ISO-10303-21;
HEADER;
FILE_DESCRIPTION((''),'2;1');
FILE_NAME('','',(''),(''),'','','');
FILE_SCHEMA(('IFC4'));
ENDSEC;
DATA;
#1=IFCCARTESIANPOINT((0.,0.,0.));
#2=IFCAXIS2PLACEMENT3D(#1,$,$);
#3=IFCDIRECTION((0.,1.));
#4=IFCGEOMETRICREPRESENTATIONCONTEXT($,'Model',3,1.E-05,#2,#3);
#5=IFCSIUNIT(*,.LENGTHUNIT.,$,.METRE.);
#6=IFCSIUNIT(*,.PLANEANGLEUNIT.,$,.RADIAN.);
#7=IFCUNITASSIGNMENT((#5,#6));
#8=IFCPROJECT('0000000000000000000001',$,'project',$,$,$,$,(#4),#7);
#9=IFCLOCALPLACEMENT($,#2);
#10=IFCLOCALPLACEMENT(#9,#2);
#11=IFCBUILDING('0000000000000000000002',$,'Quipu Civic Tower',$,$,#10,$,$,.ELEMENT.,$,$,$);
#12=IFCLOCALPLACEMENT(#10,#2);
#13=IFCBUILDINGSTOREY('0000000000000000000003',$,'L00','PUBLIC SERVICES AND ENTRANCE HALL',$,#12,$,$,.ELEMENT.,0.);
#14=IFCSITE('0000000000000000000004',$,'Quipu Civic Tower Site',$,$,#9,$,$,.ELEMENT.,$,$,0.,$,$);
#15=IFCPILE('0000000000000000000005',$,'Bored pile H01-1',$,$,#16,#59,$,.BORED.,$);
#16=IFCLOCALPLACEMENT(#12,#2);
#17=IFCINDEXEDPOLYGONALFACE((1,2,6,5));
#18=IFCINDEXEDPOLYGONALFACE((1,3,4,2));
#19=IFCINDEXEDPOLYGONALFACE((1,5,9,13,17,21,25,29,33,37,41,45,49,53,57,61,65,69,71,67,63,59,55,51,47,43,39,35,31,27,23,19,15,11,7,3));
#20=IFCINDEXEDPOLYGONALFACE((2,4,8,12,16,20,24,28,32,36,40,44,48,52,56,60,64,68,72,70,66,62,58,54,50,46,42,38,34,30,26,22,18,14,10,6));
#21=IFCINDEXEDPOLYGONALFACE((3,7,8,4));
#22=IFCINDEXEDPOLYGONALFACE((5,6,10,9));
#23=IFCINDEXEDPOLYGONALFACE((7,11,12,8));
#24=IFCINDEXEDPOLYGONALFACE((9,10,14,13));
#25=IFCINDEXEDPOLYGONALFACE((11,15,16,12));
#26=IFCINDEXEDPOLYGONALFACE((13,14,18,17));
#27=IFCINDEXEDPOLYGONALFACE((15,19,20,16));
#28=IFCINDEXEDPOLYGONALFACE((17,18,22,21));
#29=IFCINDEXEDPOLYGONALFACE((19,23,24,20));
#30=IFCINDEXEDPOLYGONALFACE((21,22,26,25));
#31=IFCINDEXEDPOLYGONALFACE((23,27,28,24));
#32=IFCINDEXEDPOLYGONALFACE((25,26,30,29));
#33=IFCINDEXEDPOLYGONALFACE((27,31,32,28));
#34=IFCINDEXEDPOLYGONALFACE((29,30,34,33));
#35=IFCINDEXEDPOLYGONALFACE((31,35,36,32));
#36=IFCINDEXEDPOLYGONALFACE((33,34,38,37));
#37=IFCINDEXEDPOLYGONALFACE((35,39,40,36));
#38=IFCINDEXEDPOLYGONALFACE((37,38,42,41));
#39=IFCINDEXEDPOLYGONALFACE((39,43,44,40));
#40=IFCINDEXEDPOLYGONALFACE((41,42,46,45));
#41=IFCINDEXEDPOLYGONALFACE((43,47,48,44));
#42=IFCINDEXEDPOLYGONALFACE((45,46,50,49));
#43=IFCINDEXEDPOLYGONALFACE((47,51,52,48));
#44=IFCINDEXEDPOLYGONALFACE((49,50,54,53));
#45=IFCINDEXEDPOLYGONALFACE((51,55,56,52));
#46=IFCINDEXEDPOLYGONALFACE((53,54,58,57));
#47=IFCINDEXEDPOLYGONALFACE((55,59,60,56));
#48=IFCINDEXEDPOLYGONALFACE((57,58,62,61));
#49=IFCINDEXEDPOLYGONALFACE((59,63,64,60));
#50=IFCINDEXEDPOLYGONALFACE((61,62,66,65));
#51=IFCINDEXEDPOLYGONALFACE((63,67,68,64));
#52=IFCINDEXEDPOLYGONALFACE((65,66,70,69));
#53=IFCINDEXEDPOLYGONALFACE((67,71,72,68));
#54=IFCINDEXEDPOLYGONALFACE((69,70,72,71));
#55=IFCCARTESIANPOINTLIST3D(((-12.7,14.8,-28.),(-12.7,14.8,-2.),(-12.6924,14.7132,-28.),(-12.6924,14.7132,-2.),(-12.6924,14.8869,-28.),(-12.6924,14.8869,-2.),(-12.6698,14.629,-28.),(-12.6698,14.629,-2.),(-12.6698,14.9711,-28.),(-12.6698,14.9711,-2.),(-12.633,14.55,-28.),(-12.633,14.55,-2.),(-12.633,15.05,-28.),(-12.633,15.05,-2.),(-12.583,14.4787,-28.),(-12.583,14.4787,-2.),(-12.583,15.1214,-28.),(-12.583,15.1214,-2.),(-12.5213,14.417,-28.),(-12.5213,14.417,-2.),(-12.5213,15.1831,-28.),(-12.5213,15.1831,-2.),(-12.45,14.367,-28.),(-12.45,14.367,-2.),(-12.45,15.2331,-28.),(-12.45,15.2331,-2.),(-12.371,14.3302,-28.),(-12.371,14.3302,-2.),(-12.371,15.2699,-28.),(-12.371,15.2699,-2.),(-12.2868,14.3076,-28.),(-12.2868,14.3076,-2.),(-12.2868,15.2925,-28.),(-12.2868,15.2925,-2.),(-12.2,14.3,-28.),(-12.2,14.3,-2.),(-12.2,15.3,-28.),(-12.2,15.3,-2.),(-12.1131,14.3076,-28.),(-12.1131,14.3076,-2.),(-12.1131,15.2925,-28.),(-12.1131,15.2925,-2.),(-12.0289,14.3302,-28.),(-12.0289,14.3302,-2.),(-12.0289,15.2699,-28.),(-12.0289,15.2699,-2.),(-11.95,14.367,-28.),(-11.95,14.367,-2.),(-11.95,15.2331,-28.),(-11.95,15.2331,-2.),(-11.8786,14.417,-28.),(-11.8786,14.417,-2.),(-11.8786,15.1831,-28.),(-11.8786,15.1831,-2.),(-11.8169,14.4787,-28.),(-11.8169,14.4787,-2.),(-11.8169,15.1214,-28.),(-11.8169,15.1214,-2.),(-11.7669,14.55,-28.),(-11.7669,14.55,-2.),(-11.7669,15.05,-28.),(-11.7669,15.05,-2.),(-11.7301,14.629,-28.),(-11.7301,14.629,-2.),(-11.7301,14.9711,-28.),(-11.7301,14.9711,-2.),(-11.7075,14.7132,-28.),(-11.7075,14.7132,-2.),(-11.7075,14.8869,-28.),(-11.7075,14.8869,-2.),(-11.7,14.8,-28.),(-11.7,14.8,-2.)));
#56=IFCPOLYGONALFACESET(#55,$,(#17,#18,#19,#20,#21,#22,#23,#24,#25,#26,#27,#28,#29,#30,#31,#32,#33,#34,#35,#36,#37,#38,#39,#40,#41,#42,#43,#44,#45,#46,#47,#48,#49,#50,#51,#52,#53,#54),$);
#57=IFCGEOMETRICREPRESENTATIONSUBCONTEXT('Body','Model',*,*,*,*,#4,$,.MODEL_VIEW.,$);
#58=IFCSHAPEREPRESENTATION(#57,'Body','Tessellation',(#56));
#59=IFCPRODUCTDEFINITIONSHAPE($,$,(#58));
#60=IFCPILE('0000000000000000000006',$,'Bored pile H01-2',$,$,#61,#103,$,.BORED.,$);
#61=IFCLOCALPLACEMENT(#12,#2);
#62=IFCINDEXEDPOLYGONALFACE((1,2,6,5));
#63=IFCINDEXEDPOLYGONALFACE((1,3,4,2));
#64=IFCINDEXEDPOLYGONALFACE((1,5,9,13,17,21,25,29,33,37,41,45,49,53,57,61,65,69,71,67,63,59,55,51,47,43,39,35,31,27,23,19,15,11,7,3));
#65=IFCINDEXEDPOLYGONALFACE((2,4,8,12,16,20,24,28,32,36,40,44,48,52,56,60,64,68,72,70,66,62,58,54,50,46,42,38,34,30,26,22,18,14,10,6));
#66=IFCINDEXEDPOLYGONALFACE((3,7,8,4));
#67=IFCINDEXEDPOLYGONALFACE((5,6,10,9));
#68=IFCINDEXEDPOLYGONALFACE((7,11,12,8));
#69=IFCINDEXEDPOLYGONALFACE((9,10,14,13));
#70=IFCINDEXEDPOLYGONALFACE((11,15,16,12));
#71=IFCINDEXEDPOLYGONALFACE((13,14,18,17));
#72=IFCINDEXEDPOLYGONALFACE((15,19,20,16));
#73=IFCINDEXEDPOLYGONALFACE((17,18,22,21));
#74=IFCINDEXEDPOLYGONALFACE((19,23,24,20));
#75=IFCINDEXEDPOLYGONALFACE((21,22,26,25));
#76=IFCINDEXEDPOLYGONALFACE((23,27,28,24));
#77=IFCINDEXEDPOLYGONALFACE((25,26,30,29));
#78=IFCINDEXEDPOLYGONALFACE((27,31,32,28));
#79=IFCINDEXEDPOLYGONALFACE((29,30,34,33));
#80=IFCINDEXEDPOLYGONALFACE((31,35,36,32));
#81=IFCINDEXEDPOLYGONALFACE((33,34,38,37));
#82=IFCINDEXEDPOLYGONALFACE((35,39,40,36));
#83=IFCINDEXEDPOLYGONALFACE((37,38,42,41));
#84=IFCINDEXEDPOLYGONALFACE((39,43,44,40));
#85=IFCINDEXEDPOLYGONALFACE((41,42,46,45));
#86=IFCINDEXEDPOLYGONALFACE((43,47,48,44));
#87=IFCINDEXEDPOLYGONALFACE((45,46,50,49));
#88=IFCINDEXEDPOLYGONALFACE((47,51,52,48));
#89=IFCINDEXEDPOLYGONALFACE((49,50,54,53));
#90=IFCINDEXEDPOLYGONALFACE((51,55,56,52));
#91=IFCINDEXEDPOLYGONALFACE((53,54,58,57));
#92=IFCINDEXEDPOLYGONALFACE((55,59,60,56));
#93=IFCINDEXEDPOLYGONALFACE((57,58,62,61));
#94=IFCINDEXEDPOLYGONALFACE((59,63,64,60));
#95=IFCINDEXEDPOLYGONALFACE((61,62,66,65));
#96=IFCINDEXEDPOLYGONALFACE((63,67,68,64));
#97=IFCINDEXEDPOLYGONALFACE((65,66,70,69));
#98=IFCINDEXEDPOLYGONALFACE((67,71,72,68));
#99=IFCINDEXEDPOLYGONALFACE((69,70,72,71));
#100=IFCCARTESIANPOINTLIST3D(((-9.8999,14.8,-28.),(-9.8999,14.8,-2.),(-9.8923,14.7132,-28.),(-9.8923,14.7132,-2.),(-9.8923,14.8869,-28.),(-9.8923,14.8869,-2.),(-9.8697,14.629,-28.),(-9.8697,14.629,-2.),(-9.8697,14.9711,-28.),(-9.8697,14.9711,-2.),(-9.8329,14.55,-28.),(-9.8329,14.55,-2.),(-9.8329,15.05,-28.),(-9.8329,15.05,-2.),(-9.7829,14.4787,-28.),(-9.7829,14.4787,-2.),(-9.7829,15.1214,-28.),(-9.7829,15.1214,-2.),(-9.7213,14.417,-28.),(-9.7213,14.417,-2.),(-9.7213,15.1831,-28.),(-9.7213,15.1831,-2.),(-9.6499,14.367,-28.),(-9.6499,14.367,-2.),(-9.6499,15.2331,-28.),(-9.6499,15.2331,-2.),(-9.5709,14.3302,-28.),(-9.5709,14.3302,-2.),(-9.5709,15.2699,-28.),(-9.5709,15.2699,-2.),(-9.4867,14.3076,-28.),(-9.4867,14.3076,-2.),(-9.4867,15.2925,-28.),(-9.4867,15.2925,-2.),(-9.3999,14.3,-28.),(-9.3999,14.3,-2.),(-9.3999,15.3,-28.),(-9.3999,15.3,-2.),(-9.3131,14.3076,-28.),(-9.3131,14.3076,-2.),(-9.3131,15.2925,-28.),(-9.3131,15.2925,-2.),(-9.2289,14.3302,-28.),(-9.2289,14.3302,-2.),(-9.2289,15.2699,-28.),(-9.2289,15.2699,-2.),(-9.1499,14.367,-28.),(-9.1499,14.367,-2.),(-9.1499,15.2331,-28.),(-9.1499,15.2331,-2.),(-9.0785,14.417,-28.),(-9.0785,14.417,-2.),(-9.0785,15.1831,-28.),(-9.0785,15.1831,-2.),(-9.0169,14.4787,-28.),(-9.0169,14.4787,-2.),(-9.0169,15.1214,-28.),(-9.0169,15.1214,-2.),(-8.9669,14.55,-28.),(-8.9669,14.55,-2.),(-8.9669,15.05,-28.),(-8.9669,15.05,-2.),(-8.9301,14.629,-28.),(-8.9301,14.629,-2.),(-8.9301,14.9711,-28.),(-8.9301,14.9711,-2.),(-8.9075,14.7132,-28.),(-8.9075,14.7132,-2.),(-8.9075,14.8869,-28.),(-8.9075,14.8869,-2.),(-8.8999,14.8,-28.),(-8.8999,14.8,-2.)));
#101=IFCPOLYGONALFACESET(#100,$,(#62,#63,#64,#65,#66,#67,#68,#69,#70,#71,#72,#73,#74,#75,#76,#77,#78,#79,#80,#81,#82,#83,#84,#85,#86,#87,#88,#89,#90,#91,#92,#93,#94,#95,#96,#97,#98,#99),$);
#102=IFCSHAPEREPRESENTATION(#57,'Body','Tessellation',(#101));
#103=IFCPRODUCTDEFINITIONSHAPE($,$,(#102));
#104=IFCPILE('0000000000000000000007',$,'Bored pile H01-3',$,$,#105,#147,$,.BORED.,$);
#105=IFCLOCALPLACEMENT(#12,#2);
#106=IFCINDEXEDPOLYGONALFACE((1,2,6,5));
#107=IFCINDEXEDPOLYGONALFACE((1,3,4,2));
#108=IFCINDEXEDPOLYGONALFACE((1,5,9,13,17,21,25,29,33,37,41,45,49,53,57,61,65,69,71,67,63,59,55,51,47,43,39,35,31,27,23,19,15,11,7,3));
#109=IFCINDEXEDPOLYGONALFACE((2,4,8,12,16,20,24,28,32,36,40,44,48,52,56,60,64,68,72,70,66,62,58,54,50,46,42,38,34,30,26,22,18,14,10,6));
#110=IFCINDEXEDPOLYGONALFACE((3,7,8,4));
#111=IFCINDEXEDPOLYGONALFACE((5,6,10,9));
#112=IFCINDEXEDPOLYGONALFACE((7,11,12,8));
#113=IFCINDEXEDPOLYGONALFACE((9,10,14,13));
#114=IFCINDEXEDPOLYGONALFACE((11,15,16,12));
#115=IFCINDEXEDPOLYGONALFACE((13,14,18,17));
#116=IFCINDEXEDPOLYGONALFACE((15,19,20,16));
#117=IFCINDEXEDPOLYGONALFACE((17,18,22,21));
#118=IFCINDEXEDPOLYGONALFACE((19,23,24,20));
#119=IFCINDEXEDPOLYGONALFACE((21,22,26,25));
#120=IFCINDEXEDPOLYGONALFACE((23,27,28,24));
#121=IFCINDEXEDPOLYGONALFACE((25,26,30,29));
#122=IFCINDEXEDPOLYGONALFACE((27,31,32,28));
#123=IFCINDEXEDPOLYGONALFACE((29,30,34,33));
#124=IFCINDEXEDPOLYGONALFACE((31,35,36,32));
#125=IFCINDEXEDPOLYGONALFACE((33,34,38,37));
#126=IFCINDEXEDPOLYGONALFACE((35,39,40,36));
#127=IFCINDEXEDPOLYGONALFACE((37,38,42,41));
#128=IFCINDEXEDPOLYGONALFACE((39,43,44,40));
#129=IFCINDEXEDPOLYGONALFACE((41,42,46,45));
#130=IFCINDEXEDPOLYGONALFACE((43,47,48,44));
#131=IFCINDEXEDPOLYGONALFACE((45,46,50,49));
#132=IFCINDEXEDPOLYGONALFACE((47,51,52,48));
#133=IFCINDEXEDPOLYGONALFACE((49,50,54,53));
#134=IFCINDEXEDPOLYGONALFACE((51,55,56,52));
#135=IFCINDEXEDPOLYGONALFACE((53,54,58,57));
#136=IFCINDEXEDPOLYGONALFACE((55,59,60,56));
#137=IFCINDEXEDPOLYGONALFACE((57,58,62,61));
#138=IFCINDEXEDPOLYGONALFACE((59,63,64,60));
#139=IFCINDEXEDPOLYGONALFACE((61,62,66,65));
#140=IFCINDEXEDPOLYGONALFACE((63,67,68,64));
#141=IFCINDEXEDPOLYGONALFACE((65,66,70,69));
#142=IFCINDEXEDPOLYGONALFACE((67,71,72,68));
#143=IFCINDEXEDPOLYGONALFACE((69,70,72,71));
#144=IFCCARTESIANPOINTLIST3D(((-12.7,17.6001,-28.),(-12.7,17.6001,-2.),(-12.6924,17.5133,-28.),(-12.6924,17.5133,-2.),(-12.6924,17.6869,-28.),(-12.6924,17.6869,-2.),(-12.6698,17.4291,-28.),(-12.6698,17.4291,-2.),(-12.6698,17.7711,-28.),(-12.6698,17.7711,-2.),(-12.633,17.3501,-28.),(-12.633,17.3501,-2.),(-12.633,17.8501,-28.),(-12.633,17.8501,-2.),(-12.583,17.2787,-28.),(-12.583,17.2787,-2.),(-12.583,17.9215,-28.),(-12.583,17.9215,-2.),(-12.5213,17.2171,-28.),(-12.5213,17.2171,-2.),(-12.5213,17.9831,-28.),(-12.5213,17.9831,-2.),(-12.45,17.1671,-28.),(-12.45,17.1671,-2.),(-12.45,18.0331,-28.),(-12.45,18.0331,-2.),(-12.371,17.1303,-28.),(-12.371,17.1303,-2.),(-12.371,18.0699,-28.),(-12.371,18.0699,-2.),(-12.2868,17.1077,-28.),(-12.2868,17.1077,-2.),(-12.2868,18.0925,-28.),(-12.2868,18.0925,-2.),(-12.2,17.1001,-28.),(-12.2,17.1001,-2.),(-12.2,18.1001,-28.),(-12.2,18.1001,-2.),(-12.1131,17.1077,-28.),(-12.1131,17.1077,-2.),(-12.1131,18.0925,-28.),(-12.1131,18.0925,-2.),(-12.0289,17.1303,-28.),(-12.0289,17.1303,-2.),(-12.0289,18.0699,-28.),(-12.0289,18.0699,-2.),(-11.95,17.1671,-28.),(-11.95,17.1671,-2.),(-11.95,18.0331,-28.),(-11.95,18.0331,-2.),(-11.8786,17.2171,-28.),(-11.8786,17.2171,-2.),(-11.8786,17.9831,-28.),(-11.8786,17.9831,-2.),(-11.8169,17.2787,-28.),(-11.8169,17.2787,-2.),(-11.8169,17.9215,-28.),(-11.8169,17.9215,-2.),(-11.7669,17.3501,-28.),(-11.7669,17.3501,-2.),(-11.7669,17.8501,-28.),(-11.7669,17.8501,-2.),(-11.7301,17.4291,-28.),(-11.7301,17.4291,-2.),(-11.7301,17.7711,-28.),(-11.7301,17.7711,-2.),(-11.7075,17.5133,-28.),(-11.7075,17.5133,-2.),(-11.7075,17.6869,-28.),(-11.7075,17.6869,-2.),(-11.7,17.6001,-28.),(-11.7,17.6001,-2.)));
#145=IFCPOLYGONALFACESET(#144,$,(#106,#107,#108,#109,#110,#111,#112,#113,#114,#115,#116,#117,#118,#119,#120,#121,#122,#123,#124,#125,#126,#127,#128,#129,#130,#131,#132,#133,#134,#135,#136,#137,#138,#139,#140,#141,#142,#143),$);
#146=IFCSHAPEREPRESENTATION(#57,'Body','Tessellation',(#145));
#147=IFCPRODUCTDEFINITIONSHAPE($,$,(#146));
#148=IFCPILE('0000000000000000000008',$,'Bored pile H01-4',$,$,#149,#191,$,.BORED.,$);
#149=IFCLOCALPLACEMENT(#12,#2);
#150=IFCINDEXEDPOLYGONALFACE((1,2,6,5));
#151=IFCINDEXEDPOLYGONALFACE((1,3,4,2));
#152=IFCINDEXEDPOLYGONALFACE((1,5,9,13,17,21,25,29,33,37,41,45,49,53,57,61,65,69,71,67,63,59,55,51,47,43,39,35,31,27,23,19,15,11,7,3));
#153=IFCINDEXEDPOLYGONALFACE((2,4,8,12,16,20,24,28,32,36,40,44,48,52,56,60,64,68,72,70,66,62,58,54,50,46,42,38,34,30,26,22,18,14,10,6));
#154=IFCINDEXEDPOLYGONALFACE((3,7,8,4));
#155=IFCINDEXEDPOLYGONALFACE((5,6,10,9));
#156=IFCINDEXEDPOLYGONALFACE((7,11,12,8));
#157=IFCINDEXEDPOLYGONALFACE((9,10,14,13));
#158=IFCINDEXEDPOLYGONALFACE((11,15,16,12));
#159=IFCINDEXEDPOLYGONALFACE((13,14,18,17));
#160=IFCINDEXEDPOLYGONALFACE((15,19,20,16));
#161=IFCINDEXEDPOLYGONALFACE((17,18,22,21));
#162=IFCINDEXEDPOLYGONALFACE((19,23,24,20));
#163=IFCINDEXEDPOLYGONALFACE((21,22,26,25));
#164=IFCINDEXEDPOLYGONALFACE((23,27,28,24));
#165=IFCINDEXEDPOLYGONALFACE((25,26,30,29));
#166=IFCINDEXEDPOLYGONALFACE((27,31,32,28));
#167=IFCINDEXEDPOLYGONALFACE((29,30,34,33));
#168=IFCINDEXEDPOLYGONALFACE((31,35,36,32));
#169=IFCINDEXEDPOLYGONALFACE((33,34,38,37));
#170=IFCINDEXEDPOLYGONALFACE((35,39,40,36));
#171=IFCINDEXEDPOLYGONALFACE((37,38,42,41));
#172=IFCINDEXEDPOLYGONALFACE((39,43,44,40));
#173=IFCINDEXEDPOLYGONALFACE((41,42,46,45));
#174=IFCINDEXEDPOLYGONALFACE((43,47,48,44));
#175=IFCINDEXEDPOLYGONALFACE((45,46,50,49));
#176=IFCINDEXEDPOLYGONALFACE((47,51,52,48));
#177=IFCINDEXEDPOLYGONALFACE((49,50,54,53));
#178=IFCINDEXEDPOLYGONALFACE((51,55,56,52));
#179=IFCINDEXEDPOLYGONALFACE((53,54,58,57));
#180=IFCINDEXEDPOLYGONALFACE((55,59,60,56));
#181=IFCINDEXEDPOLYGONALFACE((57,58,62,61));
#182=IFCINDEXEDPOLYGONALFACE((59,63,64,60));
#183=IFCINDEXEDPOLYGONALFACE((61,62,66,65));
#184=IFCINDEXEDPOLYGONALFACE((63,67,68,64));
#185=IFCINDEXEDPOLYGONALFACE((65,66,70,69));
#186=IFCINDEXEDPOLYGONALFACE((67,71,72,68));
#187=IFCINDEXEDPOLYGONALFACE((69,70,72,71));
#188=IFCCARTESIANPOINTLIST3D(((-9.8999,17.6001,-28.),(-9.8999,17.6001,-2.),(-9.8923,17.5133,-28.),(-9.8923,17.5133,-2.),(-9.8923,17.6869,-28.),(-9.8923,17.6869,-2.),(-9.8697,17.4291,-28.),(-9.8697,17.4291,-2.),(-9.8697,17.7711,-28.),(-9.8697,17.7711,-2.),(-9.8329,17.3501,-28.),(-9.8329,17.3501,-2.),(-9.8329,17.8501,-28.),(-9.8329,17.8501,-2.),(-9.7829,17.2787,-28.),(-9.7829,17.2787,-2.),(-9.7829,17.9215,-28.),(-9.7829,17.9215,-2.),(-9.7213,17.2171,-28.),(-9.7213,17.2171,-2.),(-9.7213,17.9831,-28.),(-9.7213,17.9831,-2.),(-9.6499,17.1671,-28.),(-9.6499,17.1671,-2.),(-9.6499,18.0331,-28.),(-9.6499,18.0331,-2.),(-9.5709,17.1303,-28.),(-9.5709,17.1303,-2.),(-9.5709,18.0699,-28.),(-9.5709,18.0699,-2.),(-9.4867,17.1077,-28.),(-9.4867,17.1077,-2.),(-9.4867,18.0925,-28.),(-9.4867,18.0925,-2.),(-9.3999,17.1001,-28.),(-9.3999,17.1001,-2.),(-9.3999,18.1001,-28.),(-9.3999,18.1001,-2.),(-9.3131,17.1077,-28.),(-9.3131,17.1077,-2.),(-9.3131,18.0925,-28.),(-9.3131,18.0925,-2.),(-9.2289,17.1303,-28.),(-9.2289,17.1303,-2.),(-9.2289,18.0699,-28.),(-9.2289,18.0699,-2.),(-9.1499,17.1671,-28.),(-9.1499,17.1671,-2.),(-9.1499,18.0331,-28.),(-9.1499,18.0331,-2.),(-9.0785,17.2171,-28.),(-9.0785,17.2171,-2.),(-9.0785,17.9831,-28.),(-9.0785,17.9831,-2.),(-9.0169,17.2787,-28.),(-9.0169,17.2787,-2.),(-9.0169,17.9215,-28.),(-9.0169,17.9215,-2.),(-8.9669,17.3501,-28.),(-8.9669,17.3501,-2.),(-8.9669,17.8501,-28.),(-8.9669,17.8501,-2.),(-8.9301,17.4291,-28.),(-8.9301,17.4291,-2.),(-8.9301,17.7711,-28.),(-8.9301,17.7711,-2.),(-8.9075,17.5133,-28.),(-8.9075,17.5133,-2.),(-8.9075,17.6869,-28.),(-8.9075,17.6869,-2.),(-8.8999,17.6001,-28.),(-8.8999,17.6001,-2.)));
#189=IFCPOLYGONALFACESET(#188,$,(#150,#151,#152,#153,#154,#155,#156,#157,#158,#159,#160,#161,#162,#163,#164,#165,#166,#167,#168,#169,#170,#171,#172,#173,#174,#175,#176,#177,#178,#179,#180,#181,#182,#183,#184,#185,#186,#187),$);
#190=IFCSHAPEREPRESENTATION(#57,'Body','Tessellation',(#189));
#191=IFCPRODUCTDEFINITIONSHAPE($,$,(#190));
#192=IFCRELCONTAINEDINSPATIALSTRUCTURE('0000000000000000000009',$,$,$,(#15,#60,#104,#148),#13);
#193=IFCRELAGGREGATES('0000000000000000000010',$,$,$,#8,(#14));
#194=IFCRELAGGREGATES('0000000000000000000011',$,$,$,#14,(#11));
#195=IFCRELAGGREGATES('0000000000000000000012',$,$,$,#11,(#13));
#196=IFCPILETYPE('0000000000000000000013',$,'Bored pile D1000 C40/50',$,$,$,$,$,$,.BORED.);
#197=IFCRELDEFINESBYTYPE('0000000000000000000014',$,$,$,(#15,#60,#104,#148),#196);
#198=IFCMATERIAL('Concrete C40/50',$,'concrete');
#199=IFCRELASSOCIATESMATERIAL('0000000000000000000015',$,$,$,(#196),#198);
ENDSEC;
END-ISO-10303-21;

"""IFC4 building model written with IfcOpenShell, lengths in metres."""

from ifc_helpers import new_model, si_unit, direction, frame, origin, origin_2d, place, context, subcontext, project, spatial, circle, extrude, material, material_profile, profile_set, type_object, element, save


model = new_model("IFC4")

# Units and contexts
model_context = context("Model", 3, precision=1e-05, world=origin(), true_north=direction((0.0, 1.0)))
body_context = subcontext(model_context, "Body", "Model", "MODEL_VIEW")
ifc_project = project(units=[si_unit("LENGTHUNIT", "METRE"), si_unit("PLANEANGLEUNIT", "RADIAN")], contexts=[model_context])

# Site, building, storey
site_placement = place(None, origin())
site = spatial("IfcSite", under=ifc_project, at=site_placement, Name="Quipu Civic Tower Site", CompositionType="ELEMENT", RefElevation=0.0)
building_placement = place(site_placement, origin())
building = spatial("IfcBuilding", under=site, at=building_placement, Name="Quipu Civic Tower", CompositionType="ELEMENT")
storey_placement = place(building_placement, origin())
storey = spatial("IfcBuildingStorey", under=building, at=storey_placement, Name="L00", Description="PUBLIC SERVICES AND ENTRANCE HALL", CompositionType="ELEMENT", Elevation=0.0)

# Piles
ifc_material_1 = material(Name="Concrete C40/50", Category="concrete")
ifc_material_profile_1 = material_profile(ifc_material_1, circle(Radius=0.5, at=origin_2d()), Name="RCD1000")
ifc_profile_set_1 = profile_set([ifc_material_profile_1], Name="Concrete C40/50")
pile_type_1 = type_object("IfcPileType", Name="Bored pile D1000 C40/50", PredefinedType="BORED", material=ifc_profile_set_1)
for number, where, z_axis, x_axis, name in (
    (1, (-12.2, 14.8, -2.0), (0.0, 0.0, -1.0), (1.0, 0.0, 0.0), "Bored pile H01-1"),
    (2, (-9.3999, 14.8, -2.0), (0.0, 0.0, -1.0), (1.0, 0.0, 0.0), "Bored pile H01-2"),
    (3, (-12.2, 17.6001, -2.0), (0.0, 0.0, -1.0), (1.0, 0.0, 0.0), "Bored pile H01-3"),
    (4, (-9.3999, 17.6001, -2.0), (0.0, 0.0, -1.0), (1.0, 0.0, 0.0), "Bored pile H01-4"),
):
    element("IfcPile", number, at=place(storey_placement, frame(where, z_axis=z_axis, x_axis=x_axis)), inside=storey, type_object=pile_type_1, Name=name, PredefinedType="BORED", context=body_context, shape_type="SweptSolid", body=[
        extrude(circle(Radius=0.5, at=origin_2d()), origin(), (0.0, 0.0, 1.0), 26.0),
    ])

save(model, "model.ifc")
